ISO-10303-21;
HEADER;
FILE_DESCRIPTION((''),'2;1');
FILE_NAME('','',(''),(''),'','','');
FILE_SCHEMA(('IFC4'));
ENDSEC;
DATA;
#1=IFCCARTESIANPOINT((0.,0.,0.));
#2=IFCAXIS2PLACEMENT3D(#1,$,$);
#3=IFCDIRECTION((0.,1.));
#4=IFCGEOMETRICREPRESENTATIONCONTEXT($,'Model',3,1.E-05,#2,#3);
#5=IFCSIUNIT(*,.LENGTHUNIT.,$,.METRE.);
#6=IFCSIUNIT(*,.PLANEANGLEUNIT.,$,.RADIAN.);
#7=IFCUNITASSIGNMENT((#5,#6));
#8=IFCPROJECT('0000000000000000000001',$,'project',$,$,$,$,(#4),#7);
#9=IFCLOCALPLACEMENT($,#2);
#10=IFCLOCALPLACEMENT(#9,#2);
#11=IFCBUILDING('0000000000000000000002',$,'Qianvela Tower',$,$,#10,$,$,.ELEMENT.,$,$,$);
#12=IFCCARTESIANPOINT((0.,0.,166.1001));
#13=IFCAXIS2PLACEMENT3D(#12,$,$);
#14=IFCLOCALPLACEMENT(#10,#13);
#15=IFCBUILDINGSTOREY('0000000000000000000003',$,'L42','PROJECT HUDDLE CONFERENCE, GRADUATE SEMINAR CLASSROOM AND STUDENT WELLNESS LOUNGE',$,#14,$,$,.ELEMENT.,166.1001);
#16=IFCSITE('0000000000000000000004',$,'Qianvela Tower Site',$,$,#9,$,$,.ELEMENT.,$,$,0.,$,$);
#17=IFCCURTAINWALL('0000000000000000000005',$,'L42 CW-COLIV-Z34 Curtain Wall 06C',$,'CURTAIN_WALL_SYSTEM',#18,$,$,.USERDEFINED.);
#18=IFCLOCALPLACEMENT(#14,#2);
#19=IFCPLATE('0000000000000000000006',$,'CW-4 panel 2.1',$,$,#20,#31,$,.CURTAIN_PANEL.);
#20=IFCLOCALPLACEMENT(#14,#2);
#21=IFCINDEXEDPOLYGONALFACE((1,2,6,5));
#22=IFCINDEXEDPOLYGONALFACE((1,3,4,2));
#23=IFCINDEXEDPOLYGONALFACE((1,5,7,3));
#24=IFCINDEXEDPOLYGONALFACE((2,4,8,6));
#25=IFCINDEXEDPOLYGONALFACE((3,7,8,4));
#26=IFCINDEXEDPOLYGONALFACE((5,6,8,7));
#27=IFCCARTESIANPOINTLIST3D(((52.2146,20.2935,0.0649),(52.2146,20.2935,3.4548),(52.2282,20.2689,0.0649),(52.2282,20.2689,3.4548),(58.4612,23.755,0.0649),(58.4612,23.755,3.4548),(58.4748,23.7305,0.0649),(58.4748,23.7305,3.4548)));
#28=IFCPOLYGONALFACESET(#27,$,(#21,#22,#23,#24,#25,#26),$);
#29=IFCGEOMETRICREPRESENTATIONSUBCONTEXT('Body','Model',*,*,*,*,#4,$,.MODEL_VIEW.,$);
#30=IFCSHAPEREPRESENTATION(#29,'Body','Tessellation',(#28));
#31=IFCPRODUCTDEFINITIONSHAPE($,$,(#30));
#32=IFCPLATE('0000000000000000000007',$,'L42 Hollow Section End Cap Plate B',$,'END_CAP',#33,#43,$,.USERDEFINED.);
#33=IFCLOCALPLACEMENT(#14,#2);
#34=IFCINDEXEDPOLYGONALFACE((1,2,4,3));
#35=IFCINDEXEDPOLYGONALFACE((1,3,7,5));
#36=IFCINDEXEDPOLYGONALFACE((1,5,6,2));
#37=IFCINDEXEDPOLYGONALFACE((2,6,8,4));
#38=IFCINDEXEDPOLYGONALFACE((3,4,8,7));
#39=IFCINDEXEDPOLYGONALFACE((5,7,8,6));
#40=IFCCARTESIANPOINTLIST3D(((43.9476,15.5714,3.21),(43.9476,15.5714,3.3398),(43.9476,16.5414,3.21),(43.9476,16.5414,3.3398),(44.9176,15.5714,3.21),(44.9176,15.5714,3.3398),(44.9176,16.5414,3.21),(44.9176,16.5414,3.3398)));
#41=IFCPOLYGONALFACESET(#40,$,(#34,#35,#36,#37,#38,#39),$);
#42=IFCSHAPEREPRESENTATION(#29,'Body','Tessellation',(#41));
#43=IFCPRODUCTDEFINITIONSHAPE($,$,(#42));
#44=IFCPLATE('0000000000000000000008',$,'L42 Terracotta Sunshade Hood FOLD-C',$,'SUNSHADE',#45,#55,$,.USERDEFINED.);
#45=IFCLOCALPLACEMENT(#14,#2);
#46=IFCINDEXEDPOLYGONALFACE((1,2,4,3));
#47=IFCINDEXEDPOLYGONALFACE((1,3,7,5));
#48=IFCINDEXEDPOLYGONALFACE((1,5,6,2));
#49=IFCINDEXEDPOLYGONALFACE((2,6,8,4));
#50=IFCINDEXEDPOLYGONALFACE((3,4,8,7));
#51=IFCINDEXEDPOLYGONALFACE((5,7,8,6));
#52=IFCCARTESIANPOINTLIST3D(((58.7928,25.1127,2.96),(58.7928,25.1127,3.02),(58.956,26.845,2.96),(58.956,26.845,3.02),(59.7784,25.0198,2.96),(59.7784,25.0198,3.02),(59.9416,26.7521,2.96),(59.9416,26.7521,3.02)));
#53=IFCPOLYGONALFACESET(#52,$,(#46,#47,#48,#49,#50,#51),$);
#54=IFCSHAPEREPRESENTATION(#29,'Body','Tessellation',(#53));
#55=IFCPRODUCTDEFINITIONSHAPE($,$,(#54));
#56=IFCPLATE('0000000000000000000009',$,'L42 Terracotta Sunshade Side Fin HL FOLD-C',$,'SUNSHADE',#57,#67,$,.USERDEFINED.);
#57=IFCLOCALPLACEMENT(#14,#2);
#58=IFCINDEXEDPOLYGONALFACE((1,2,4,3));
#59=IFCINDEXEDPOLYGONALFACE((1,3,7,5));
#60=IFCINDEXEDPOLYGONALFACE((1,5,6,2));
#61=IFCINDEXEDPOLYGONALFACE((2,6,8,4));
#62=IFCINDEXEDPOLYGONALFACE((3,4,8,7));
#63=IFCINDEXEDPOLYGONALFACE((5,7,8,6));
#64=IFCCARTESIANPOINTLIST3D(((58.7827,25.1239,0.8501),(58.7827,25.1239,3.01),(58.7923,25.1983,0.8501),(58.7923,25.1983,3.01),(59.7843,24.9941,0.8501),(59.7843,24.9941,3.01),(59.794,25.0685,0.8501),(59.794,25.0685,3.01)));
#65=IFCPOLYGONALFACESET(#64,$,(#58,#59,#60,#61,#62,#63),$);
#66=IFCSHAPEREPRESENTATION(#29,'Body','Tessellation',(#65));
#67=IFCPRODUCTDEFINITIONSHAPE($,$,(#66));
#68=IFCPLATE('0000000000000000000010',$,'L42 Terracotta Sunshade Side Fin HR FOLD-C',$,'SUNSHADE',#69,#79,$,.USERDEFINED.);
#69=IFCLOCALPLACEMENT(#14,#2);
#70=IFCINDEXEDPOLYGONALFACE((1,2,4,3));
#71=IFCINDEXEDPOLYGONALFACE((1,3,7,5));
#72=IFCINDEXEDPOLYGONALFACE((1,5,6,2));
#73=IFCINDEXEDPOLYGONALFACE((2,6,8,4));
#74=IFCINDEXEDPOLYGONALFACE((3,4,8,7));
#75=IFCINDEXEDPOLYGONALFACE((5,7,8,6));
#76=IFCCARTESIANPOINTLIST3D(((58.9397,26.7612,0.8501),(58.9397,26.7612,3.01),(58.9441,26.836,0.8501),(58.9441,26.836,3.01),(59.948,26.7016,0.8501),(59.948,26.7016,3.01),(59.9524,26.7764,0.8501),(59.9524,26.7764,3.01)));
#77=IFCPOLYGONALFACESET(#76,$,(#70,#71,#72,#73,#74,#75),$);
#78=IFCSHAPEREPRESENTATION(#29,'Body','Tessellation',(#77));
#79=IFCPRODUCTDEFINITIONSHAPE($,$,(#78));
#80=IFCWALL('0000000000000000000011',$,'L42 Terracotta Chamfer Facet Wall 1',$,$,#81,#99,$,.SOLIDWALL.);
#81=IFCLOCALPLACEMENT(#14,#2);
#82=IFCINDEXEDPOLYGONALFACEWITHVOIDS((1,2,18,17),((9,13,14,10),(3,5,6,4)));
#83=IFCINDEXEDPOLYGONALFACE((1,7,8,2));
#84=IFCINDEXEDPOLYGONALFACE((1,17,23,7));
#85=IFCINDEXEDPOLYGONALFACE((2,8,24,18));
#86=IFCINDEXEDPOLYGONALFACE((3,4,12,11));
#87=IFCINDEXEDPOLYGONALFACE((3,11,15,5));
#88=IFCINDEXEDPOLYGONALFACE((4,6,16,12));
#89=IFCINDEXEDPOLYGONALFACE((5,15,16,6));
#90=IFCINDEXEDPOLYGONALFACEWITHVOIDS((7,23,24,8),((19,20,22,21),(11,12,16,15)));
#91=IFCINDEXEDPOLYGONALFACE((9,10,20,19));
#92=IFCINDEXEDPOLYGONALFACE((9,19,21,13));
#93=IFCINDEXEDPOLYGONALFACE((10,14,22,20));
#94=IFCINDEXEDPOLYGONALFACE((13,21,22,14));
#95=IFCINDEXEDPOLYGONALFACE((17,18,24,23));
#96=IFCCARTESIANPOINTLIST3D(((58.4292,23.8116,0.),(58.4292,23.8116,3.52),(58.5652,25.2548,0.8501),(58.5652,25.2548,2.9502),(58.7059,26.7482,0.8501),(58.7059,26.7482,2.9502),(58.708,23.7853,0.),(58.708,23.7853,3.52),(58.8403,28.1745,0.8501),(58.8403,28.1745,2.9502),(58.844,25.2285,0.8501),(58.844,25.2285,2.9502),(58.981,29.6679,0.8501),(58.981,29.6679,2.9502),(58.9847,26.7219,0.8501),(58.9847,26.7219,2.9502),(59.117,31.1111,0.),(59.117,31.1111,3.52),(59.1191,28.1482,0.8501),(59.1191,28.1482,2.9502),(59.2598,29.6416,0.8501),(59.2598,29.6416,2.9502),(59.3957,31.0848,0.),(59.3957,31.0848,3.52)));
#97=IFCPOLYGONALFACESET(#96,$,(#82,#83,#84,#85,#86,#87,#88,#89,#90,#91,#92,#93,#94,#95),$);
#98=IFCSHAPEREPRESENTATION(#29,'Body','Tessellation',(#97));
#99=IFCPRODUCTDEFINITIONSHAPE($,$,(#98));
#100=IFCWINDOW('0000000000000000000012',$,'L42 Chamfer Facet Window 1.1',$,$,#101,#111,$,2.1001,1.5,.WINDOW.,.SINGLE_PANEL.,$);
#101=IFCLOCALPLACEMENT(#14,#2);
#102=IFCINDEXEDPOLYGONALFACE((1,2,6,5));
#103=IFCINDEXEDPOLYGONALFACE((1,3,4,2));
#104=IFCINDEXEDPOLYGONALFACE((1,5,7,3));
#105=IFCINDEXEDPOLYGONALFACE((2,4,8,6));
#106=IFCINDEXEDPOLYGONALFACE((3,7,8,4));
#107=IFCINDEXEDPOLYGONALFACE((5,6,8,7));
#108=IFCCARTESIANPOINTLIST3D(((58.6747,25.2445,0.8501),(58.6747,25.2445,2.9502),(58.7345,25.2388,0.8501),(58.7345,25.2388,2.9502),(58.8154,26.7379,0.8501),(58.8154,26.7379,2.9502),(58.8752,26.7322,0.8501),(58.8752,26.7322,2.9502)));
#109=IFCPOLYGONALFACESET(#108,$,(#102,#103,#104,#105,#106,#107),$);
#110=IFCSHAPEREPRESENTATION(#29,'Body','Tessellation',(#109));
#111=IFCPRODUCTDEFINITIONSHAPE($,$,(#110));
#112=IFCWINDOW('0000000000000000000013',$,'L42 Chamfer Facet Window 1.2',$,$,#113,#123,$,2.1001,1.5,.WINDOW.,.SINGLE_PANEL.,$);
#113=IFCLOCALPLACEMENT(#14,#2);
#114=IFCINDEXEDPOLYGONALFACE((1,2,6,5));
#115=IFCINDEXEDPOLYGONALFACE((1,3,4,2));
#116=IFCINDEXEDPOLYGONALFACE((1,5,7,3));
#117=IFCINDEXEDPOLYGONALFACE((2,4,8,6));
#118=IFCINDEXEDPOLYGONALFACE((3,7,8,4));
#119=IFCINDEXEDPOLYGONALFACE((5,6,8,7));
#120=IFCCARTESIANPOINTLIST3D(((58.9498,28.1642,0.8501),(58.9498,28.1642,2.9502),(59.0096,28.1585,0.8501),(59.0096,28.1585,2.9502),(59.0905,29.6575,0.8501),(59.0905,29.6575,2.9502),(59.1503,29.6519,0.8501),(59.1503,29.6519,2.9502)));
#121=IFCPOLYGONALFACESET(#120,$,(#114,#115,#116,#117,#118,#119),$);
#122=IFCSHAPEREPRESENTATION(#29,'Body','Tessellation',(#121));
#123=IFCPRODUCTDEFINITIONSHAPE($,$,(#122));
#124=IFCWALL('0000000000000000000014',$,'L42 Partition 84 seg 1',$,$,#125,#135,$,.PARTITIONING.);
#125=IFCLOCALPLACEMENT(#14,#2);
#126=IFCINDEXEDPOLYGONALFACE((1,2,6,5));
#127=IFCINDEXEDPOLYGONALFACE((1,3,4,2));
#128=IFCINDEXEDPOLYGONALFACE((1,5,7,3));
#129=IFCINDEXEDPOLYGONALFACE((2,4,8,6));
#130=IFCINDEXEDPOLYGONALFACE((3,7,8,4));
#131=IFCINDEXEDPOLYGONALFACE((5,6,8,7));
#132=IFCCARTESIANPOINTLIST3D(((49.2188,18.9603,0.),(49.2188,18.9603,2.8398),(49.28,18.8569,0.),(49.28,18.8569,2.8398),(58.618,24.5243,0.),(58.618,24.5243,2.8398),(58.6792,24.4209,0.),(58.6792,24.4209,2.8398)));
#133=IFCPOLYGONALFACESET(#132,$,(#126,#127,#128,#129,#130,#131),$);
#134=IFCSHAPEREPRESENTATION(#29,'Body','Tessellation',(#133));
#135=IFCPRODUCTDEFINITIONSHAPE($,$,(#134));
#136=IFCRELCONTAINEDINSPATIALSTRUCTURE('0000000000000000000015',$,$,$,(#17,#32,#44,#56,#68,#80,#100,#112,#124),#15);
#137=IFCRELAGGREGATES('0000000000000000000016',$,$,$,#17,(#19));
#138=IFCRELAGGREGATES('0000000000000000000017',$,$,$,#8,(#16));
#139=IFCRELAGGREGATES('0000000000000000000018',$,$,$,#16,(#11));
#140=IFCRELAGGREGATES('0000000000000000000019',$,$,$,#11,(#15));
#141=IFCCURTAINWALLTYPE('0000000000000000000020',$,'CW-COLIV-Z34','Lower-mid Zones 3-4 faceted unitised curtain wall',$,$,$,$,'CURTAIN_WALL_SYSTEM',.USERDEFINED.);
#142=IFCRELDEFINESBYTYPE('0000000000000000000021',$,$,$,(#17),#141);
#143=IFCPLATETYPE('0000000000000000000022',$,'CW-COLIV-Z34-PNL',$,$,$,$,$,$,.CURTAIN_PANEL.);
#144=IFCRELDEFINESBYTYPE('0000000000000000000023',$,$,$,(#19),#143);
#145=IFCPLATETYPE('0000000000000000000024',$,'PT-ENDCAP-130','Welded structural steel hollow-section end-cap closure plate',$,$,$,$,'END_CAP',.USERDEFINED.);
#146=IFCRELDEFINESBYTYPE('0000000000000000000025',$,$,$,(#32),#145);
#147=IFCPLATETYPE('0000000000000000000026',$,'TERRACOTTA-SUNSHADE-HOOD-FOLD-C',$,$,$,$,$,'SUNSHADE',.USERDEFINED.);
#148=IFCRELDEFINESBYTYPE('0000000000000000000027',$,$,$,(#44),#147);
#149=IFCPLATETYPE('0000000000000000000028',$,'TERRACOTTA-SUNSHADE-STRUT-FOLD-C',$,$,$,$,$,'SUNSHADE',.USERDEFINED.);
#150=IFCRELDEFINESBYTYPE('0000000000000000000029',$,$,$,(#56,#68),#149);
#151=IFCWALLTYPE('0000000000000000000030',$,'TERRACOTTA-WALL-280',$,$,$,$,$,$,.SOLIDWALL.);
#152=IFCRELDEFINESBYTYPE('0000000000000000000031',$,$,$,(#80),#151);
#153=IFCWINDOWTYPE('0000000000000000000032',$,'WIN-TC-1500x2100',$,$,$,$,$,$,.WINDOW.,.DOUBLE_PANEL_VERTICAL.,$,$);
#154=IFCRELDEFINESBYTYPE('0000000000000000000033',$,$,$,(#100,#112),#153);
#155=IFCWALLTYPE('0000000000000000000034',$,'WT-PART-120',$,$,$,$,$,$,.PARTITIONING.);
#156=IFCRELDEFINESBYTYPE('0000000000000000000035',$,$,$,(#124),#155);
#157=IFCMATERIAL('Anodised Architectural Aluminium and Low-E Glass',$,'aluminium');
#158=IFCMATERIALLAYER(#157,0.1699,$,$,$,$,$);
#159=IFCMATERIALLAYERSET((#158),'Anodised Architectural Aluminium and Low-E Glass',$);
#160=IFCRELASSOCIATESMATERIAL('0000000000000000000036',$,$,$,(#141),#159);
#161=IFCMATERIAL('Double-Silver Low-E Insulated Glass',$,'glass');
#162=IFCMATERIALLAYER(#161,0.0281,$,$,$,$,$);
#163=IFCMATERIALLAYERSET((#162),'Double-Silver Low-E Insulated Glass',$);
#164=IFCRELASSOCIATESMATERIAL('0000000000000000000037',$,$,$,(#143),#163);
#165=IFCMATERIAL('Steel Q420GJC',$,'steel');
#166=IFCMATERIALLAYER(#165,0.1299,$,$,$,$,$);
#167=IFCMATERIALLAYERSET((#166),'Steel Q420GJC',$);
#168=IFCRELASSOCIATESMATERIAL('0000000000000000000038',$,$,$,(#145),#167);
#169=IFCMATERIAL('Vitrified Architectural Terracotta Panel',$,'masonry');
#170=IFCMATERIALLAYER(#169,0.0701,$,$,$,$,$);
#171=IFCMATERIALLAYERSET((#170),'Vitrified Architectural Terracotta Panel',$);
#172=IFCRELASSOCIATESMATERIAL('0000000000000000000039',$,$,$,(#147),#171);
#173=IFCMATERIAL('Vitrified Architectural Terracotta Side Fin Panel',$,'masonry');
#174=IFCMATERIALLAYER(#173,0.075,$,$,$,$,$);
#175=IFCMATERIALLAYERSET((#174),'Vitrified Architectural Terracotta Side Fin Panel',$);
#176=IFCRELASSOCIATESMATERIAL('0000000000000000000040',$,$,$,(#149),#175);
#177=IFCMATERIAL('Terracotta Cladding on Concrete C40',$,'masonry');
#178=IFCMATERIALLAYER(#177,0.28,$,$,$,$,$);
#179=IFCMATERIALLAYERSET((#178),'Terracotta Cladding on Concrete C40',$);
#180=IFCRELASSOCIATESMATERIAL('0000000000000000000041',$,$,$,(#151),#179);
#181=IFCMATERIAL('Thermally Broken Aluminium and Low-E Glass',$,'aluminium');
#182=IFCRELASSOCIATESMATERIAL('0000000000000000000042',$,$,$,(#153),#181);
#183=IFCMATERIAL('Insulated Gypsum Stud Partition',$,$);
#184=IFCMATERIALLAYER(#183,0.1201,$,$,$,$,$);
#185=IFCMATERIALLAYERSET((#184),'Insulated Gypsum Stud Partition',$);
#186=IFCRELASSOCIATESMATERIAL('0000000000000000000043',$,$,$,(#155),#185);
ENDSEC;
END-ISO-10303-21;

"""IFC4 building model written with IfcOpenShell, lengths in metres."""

from ifc_helpers import new_model, si_unit, direction, frame, frame_2d, origin, origin_2d, place, context, subcontext, project, spatial, rectangle, extrude, material, layer, layer_set, type_object, element, fill, aggregate, save


model = new_model("IFC4")

# Units and contexts
model_context = context("Model", 3, precision=1e-05, world=origin(), true_north=direction((0.0, 1.0)))
body_context = subcontext(model_context, "Body", "Model", "MODEL_VIEW")
ifc_project = project(units=[si_unit("LENGTHUNIT", "METRE"), si_unit("PLANEANGLEUNIT", "RADIAN")], contexts=[model_context])

# Site, building, storey
site_placement = place(None, origin())
site = spatial("IfcSite", under=ifc_project, at=site_placement, Name="Qianvela Tower Site", CompositionType="ELEMENT", RefElevation=0.0)
building_placement = place(site_placement, origin())
building = spatial("IfcBuilding", under=site, at=building_placement, Name="Qianvela Tower", CompositionType="ELEMENT")
storey_placement = place(building_placement, frame((0.0, 0.0, 166.1001)))
storey = spatial("IfcBuildingStorey", under=building, at=storey_placement, Name="L42", Description="PROJECT HUDDLE CONFERENCE, GRADUATE SEMINAR CLASSROOM AND STUDENT WELLNESS LOUNGE", CompositionType="ELEMENT", Elevation=166.1001)

# Curtain wall
ifc_material_1 = material(Name="Anodised Architectural Aluminium and Low-E Glass", Category="aluminium")
ifc_layer_1 = layer(ifc_material_1, 0.1699)
ifc_layer_set_1 = layer_set([ifc_layer_1], Name="Anodised Architectural Aluminium and Low-E Glass")
curtain_wall_type_1 = type_object("IfcCurtainWallType", Name="CW-COLIV-Z34", Description="Lower-mid Zones 3-4 faceted unitised curtain wall", ElementType="CURTAIN_WALL_SYSTEM", PredefinedType="USERDEFINED", material=ifc_layer_set_1)
curtain_wall_1_placement = place(storey_placement, origin())
curtain_wall_1 = element("IfcCurtainWall", 1, at=curtain_wall_1_placement, inside=storey, type_object=curtain_wall_type_1, Name="L42 CW-COLIV-Z34 Curtain Wall 06C", ObjectType="CURTAIN_WALL_SYSTEM", PredefinedType="USERDEFINED")

# Plate
ifc_material_2 = material(Name="Double-Silver Low-E Insulated Glass", Category="glass")
ifc_layer_2 = layer(ifc_material_2, 0.0281)
ifc_layer_set_2 = layer_set([ifc_layer_2], Name="Double-Silver Low-E Insulated Glass")
plate_type_1 = type_object("IfcPlateType", Name="CW-COLIV-Z34-PNL", PredefinedType="CURTAIN_PANEL", material=ifc_layer_set_2)
plate_1_placement = place(storey_placement, frame((55.3447, 22.012, 0.0649), z_axis=(0.0, 0.0, 1.0), x_axis=(0.87468, 0.484701, 0.0)))
plate_1 = element("IfcPlate", 2, at=plate_1_placement, type_object=plate_type_1, Name="CW-4 panel 2.1", PredefinedType="CURTAIN_PANEL", context=body_context, shape_type="SweptSolid", body=[
    extrude(rectangle(XDim=7.1416, YDim=0.0281, at=origin_2d()), origin(), (0.0, 0.0, 1.0), 3.3899),
])
aggregate(curtain_wall_1, [plate_1])

# Plates
ifc_material_3 = material(Name="Steel Q420GJC", Category="steel")
ifc_layer_3 = layer(ifc_material_3, 0.1299)
ifc_layer_set_3 = layer_set([ifc_layer_3], Name="Steel Q420GJC")
plate_type_2 = type_object("IfcPlateType", Name="PT-ENDCAP-130", Description="Welded structural steel hollow-section end-cap closure plate", ElementType="END_CAP", PredefinedType="USERDEFINED", material=ifc_layer_set_3)
plate_2_placement = place(storey_placement, frame((44.4326, 16.0564, 3.21), z_axis=(0.0, 0.0, 1.0), x_axis=(1.0, 0.0, 0.0)))
element("IfcPlate", 3, at=plate_2_placement, inside=storey, type_object=plate_type_2, Name="L42 Hollow Section End Cap Plate B", ObjectType="END_CAP", PredefinedType="USERDEFINED", context=body_context, shape_type="SweptSolid", body=[
    extrude(rectangle(XDim=0.97, YDim=0.97, at=origin_2d()), origin(), (0.0, 0.0, 1.0), 0.1299),
])
ifc_material_4 = material(Name="Vitrified Architectural Terracotta Panel", Category="masonry")
ifc_layer_4 = layer(ifc_material_4, 0.0701)
ifc_layer_set_4 = layer_set([ifc_layer_4], Name="Vitrified Architectural Terracotta Panel")
plate_type_3 = type_object("IfcPlateType", Name="TERRACOTTA-SUNSHADE-HOOD-FOLD-C", ElementType="SUNSHADE", PredefinedType="USERDEFINED", material=ifc_layer_set_4)
plate_3_placement = place(storey_placement, frame((59.3672, 25.9324, 2.96), z_axis=(0.0, 0.0, 1.0), x_axis=(0.093822, 0.995589, 0.0)))
element("IfcPlate", 4, at=plate_3_placement, inside=storey, type_object=plate_type_3, Name="L42 Terracotta Sunshade Hood FOLD-C", ObjectType="SUNSHADE", PredefinedType="USERDEFINED", context=body_context, shape_type="SweptSolid", body=[
    extrude(rectangle(XDim=1.74, YDim=0.99, at=origin_2d()), origin(), (0.0, 0.0, 1.0), 0.0601),
])
ifc_material_5 = material(Name="Vitrified Architectural Terracotta Side Fin Panel", Category="masonry")
ifc_layer_5 = layer(ifc_material_5, 0.075)
ifc_layer_set_5 = layer_set([ifc_layer_5], Name="Vitrified Architectural Terracotta Side Fin Panel")
plate_type_4 = type_object("IfcPlateType", Name="TERRACOTTA-SUNSHADE-STRUT-FOLD-C", ElementType="SUNSHADE", PredefinedType="USERDEFINED", material=ifc_layer_set_5)
for number, where, z_axis, x_axis, name in (
    (5, (59.2883, 25.0962, 0.8501), (0.0, 0.0, 1.0), (0.12851, 0.991708, 0.0), "L42 Terracotta Sunshade Side Fin HL FOLD-C"),
    (6, (59.446, 26.7688, 0.8501), (0.0, 0.0, 1.0), (0.059019, 0.998257, 0.0), "L42 Terracotta Sunshade Side Fin HR FOLD-C"),
):
    element("IfcPlate", number, at=place(storey_placement, frame(where, z_axis=z_axis, x_axis=x_axis)), inside=storey, type_object=plate_type_4, Name=name, ObjectType="SUNSHADE", PredefinedType="USERDEFINED", context=body_context, shape_type="SweptSolid", body=[
        extrude(rectangle(XDim=0.075, YDim=1.01, at=origin_2d()), origin(), (0.0, 0.0, 1.0), 2.1599),
    ])

# Wall, openings, windows
ifc_material_6 = material(Name="Terracotta Cladding on Concrete C40", Category="masonry")
ifc_layer_6 = layer(ifc_material_6, 0.28)
ifc_layer_set_6 = layer_set([ifc_layer_6], Name="Terracotta Cladding on Concrete C40")
wall_type_1 = type_object("IfcWallType", Name="TERRACOTTA-WALL-280", PredefinedType="SOLIDWALL", material=ifc_layer_set_6)
wall_1_placement = place(storey_placement, frame((58.5686, 23.7983, 0.0), z_axis=(0.0, 0.0, 1.0), x_axis=(0.093802, 0.995591, 0.0)))
wall_1 = element("IfcWall", 7, at=wall_1_placement, inside=storey, type_object=wall_type_1, Name="L42 Terracotta Chamfer Facet Wall 1", PredefinedType="SOLIDWALL", context=body_context, shape_type="SweptSolid", body=[
    extrude(rectangle(XDim=7.3318, YDim=0.28, at=frame_2d((3.666, 0.0))), origin(), (0.0, 0.0, 1.0), 3.52),
])
opening_1_placement = place(wall_1_placement, frame((1.4497, 0.0, 0.8501)))
opening_1 = element("IfcOpeningElement", 8, at=opening_1_placement, cuts=wall_1, PredefinedType="OPENING", context=body_context, shape_type="SweptSolid", body=[
    extrude(rectangle(XDim=1.5, YDim=2.1001, at=frame_2d((0.75, 1.05))), frame((0.0, 0.1499, 0.0), z_axis=(0.0, -1.0, 0.0), x_axis=(1.0, 0.0, 0.0)), (0.0, 0.0, 1.0), 0.3),
])
opening_2_placement = place(wall_1_placement, frame((4.3823, 0.0, 0.8501)))
opening_2 = element("IfcOpeningElement", 9, at=opening_2_placement, cuts=wall_1, PredefinedType="OPENING", context=body_context, shape_type="SweptSolid", body=[
    extrude(rectangle(XDim=1.5, YDim=2.1001, at=frame_2d((0.75, 1.05))), frame((0.0, 0.1499, 0.0), z_axis=(0.0, -1.0, 0.0), x_axis=(1.0, 0.0, 0.0)), (0.0, 0.0, 1.0), 0.3),
])
ifc_material_7 = material(Name="Thermally Broken Aluminium and Low-E Glass", Category="aluminium")
window_type = type_object("IfcWindowType", Name="WIN-TC-1500x2100", PartitioningType="DOUBLE_PANEL_VERTICAL", PredefinedType="WINDOW", material=ifc_material_7)
window_1_placement = place(opening_1_placement, origin())
window_1 = element("IfcWindow", 10, at=window_1_placement, inside=storey, type_object=window_type, Name="L42 Chamfer Facet Window 1.1", OverallHeight=2.1001, OverallWidth=1.5, PartitioningType="SINGLE_PANEL", PredefinedType="WINDOW", context=body_context, shape_type="SweptSolid", body=[
    extrude(rectangle(XDim=1.5, YDim=2.1001, at=frame_2d((0.75, 1.05))), frame((0.0, 0.03, 0.0), z_axis=(0.0, -1.0, 0.0), x_axis=(1.0, 0.0, 0.0)), (0.0, 0.0, 1.0), 0.0601),
])
fill(opening_1, window_1)
window_2_placement = place(opening_2_placement, origin())
window_2 = element("IfcWindow", 11, at=window_2_placement, inside=storey, type_object=window_type, Name="L42 Chamfer Facet Window 1.2", OverallHeight=2.1001, OverallWidth=1.5, PartitioningType="SINGLE_PANEL", PredefinedType="WINDOW", context=body_context, shape_type="SweptSolid", body=[
    extrude(rectangle(XDim=1.5, YDim=2.1001, at=frame_2d((0.75, 1.05))), frame((0.0, 0.03, 0.0), z_axis=(0.0, -1.0, 0.0), x_axis=(1.0, 0.0, 0.0)), (0.0, 0.0, 1.0), 0.0601),
])
fill(opening_2, window_2)

# Wall
ifc_material_8 = material(Name="Insulated Gypsum Stud Partition")
ifc_layer_7 = layer(ifc_material_8, 0.1201)
ifc_layer_set_7 = layer_set([ifc_layer_7], Name="Insulated Gypsum Stud Partition")
wall_type_2 = type_object("IfcWallType", Name="WT-PART-120", PredefinedType="PARTITIONING", material=ifc_layer_set_7)
wall_2_placement = place(storey_placement, frame((58.6487, 24.4727, 0.0), z_axis=(0.0, 0.0, 1.0), x_axis=(-0.860529, -0.509402, 0.0)))
element("IfcWall", 12, at=wall_2_placement, inside=storey, type_object=wall_type_2, Name="L42 Partition 84 seg 1", PredefinedType="PARTITIONING", context=body_context, shape_type="SweptSolid", body=[
    extrude(rectangle(XDim=10.9226, YDim=0.1201, at=frame_2d((5.4614, 0.0))), origin(), (0.0, 0.0, 1.0), 2.8398),
])

save(model, "model.ifc")
